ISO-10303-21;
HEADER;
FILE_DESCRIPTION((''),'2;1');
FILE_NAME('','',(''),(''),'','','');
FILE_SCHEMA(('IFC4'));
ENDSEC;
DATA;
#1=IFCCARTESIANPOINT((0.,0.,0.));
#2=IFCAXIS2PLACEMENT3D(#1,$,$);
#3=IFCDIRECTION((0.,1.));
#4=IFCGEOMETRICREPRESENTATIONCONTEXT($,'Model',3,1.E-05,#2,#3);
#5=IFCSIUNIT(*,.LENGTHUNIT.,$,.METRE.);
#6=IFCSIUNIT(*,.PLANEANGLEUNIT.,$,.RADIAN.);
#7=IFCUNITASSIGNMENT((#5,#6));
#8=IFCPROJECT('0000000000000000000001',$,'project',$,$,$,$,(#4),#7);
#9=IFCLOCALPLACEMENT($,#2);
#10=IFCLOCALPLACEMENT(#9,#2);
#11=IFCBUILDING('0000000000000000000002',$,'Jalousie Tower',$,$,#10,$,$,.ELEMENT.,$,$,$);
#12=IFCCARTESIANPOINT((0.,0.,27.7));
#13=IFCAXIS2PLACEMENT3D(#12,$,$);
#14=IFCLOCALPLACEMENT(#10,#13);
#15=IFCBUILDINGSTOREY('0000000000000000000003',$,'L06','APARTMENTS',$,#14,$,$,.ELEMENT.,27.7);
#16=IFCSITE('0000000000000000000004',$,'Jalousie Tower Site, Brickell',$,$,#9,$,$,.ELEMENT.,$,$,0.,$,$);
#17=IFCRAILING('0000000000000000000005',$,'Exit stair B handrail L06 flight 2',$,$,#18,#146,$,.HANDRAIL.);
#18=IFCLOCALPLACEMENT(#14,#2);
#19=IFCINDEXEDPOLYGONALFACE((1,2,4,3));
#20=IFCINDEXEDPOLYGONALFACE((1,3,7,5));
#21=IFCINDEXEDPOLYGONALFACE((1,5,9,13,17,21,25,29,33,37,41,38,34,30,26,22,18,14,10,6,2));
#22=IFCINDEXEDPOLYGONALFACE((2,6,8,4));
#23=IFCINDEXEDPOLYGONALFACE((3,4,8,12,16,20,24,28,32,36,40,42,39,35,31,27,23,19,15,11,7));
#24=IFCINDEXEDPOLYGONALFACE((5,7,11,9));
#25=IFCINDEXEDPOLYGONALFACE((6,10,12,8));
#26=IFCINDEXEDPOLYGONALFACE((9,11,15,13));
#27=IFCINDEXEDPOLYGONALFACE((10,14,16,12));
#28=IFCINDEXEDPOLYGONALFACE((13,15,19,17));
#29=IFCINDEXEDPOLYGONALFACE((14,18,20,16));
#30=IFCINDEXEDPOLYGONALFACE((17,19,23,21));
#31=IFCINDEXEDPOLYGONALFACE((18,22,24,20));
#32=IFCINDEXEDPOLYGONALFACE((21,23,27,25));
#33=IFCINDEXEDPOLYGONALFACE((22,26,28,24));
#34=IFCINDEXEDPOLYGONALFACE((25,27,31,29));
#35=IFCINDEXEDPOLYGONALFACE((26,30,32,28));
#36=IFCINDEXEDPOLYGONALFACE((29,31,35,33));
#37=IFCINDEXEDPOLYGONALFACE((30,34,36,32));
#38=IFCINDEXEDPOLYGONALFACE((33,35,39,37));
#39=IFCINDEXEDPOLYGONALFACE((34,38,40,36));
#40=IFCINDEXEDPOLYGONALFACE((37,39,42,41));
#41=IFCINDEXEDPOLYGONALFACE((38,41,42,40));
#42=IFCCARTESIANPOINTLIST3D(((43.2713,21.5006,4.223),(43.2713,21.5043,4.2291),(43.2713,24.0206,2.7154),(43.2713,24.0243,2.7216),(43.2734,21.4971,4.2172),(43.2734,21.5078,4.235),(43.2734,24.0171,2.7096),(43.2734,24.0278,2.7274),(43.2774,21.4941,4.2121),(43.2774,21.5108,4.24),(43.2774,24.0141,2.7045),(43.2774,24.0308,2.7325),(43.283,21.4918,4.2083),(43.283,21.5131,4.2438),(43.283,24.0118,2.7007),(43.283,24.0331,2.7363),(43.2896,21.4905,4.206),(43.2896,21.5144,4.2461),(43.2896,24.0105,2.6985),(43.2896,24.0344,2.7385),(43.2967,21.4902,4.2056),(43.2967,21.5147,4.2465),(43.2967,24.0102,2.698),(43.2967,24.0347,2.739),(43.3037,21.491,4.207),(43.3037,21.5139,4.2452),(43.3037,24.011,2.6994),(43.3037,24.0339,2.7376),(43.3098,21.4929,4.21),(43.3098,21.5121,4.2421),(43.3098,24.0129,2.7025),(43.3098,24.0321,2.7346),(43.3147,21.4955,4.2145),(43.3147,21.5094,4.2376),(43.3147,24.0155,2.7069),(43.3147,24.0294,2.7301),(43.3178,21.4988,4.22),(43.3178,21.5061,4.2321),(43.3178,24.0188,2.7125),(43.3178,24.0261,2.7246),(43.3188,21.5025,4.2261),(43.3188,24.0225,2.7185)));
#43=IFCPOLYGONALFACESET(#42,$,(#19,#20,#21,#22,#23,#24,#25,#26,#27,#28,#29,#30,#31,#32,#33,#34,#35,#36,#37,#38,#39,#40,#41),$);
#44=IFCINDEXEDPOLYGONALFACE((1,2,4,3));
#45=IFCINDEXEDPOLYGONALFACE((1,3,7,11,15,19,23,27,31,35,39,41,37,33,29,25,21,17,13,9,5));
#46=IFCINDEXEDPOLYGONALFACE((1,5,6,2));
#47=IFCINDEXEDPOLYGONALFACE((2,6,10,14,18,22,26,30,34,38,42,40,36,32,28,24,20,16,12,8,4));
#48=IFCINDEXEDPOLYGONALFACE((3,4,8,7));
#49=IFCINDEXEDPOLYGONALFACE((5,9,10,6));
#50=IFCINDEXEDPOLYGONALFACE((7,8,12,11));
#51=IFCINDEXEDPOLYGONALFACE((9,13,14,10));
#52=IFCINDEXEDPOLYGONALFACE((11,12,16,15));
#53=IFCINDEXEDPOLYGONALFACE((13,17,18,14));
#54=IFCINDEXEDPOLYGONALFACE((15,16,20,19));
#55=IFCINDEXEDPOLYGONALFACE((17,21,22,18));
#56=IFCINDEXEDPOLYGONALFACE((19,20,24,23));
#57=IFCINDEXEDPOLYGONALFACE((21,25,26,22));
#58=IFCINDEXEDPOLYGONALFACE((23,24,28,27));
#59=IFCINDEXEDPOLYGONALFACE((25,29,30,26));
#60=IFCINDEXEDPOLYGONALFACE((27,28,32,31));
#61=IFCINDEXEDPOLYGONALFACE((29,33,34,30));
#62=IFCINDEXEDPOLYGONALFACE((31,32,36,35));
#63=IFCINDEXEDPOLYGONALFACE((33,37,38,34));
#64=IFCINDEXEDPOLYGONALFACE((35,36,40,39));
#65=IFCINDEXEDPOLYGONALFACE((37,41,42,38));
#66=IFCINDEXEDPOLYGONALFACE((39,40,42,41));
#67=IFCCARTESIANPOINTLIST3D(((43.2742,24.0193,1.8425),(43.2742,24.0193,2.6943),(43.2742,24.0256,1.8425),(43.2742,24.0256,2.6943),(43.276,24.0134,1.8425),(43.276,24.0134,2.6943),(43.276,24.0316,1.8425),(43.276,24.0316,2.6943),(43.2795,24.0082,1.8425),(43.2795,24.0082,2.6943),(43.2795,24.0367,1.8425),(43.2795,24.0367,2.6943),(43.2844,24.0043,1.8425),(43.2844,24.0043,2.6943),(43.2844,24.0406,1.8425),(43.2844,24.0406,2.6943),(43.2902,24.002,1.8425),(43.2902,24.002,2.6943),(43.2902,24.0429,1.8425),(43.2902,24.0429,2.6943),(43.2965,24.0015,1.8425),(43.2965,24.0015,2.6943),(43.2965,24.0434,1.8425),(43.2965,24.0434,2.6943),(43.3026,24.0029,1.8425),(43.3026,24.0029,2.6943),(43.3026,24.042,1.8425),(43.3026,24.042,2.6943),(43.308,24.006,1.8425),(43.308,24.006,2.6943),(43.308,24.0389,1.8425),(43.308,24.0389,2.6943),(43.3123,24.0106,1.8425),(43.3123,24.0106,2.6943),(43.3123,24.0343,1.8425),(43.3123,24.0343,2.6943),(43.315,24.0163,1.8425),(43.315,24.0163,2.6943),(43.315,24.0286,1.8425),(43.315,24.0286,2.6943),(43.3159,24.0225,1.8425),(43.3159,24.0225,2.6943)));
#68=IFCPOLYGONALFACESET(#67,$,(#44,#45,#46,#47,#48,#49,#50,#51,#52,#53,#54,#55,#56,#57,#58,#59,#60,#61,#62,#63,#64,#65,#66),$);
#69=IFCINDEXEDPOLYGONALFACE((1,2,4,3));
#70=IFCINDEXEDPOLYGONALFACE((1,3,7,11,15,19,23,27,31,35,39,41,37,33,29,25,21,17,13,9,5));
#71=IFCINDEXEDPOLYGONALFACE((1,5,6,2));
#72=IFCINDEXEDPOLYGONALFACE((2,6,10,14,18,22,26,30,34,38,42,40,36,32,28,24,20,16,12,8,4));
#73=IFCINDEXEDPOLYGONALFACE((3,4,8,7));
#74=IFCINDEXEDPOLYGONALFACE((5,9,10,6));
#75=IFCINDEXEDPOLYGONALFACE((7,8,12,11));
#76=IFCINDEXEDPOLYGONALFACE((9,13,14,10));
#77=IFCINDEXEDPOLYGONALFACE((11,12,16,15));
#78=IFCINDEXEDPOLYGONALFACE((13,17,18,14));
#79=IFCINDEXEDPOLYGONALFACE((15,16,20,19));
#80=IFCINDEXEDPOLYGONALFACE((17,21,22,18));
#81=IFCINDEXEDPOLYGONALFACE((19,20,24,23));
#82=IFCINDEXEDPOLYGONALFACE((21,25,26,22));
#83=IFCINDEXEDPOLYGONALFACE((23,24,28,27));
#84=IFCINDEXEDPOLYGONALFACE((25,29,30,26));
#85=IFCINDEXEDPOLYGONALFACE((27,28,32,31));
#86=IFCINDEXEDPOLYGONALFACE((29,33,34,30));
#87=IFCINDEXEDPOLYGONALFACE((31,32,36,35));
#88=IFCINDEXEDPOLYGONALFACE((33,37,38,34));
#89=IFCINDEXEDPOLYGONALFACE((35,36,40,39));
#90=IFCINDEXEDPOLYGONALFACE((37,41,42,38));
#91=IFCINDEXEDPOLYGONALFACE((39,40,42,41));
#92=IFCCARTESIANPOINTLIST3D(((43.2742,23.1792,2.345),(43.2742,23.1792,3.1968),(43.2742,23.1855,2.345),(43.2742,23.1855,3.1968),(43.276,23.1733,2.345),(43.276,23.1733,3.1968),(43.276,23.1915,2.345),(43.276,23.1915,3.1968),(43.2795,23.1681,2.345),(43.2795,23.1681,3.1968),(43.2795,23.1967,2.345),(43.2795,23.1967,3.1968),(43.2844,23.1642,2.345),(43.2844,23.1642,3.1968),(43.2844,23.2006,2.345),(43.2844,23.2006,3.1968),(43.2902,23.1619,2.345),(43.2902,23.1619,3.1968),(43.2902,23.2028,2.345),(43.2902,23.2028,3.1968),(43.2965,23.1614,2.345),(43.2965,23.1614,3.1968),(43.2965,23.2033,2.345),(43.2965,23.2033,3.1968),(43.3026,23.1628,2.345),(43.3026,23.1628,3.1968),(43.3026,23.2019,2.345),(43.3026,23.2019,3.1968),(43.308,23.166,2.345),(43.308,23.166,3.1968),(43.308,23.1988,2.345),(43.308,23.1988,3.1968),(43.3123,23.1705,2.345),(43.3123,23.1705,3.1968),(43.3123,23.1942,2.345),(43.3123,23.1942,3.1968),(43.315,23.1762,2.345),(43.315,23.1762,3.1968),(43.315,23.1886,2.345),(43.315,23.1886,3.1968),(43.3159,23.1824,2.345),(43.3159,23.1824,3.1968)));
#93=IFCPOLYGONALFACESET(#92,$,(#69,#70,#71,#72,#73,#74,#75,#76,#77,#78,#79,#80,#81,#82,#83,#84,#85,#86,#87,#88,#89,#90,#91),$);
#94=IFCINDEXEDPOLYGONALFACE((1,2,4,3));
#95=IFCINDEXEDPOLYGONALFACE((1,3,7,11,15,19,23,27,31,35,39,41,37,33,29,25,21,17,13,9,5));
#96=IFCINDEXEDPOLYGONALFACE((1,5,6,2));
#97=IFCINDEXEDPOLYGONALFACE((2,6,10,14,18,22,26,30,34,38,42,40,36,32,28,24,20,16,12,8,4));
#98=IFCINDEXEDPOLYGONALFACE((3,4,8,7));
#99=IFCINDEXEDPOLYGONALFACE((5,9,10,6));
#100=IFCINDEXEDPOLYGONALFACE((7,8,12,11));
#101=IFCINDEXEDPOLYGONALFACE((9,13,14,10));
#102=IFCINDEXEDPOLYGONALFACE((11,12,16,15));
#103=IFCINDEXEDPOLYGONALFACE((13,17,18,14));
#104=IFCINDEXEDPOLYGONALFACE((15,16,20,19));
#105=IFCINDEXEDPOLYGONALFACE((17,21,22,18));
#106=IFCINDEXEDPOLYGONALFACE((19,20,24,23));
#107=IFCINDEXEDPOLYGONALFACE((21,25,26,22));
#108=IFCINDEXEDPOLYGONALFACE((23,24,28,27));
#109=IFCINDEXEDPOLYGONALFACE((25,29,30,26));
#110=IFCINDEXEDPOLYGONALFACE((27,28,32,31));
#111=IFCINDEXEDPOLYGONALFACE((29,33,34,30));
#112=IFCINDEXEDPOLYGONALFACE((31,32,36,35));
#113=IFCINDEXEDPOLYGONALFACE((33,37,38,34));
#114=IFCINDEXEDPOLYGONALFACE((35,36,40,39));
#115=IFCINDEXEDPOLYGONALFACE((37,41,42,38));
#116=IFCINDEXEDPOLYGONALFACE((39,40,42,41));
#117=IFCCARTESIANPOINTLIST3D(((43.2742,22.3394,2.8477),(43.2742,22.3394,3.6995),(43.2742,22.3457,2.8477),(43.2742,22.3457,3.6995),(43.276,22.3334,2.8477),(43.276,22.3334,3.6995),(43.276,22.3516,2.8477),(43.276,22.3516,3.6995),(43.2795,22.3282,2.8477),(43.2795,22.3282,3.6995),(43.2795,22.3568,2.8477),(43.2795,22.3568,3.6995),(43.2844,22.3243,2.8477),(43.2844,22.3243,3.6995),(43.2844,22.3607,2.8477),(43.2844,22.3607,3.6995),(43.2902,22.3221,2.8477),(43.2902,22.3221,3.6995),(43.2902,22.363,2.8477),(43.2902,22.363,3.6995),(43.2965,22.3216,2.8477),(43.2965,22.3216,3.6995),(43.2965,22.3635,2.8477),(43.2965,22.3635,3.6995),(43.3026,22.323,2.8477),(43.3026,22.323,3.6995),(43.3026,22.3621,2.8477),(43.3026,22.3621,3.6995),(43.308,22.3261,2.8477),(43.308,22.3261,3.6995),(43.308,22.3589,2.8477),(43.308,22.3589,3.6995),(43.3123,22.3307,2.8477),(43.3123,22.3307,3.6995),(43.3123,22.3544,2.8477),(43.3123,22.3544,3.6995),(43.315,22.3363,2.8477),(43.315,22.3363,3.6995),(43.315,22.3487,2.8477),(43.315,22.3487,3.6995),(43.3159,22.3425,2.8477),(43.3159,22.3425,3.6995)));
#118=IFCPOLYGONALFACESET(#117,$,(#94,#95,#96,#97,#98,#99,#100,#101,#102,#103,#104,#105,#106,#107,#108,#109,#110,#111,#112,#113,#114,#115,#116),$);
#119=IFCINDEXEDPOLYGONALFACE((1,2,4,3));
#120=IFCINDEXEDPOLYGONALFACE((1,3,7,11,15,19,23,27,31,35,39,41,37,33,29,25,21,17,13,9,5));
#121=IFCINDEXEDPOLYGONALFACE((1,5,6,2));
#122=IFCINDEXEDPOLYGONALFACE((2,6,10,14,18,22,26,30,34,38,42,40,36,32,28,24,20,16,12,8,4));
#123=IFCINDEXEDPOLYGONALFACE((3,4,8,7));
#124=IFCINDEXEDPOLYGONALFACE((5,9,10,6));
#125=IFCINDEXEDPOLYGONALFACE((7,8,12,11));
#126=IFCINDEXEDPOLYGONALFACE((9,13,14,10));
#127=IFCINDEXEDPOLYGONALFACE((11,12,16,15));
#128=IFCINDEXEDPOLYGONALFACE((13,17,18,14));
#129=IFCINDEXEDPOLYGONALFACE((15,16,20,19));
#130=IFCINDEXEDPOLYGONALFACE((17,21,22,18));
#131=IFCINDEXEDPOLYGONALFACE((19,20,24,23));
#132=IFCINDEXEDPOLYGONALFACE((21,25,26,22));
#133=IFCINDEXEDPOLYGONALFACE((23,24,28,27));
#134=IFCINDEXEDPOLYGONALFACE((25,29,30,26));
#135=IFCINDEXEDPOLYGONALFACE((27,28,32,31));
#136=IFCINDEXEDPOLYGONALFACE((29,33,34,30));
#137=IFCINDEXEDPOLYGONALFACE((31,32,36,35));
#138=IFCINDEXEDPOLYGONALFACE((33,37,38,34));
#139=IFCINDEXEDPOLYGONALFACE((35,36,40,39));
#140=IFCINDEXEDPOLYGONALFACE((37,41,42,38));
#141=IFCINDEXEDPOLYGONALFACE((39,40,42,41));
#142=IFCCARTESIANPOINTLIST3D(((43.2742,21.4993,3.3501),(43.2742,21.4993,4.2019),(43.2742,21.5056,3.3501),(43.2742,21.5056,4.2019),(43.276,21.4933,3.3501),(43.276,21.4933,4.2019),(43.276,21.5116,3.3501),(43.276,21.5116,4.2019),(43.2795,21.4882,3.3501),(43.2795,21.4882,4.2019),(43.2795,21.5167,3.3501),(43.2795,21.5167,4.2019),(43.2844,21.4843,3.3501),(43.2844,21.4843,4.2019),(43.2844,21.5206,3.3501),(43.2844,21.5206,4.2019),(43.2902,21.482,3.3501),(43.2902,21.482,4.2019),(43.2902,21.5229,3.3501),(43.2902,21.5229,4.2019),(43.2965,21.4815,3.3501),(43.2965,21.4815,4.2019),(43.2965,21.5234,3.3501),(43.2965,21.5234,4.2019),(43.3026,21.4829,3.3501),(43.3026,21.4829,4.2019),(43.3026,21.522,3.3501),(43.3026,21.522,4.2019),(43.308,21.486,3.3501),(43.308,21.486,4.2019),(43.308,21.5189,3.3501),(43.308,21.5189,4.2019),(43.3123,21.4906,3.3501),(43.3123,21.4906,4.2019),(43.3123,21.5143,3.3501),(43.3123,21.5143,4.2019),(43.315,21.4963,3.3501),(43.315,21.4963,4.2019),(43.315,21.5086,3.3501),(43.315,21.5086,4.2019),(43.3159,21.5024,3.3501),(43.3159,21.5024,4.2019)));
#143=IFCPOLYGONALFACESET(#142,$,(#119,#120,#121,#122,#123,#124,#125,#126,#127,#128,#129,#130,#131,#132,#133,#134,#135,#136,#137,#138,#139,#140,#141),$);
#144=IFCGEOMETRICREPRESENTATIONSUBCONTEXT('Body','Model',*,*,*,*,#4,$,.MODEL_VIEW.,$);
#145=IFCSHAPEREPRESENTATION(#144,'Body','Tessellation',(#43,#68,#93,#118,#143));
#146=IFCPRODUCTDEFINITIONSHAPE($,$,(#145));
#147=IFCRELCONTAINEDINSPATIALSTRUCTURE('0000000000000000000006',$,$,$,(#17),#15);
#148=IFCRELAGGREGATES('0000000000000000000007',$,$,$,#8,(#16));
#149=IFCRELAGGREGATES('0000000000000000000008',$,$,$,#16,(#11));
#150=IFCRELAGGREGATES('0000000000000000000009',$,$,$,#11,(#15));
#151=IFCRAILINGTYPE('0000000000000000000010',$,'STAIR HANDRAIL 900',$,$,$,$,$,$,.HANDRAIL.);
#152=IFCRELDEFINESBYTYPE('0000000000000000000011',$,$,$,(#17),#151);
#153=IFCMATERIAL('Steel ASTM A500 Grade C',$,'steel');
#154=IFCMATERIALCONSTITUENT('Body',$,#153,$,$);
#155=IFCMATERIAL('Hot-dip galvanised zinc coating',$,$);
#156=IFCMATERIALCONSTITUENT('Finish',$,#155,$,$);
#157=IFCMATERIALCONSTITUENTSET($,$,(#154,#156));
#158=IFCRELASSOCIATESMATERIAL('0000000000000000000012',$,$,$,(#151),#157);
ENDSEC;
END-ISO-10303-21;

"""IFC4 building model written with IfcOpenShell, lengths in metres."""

from ifc_helpers import new_model, si_unit, direction, frame, origin, origin_2d, place, context, subcontext, project, spatial, circle, extrude, material, constituent, constituent_set, type_object, element, save


model = new_model("IFC4")

# Units and contexts
model_context = context("Model", 3, precision=1e-05, world=origin(), true_north=direction((0.0, 1.0)))
body_context = subcontext(model_context, "Body", "Model", "MODEL_VIEW")
ifc_project = project(units=[si_unit("LENGTHUNIT", "METRE"), si_unit("PLANEANGLEUNIT", "RADIAN")], contexts=[model_context])

# Site, building, storey
site_placement = place(None, origin())
site = spatial("IfcSite", under=ifc_project, at=site_placement, Name="Jalousie Tower Site, Brickell", CompositionType="ELEMENT", RefElevation=0.0)
building_placement = place(site_placement, origin())
building = spatial("IfcBuilding", under=site, at=building_placement, Name="Jalousie Tower", CompositionType="ELEMENT")
storey_placement = place(building_placement, frame((0.0, 0.0, 27.7)))
storey = spatial("IfcBuildingStorey", under=building, at=storey_placement, Name="L06", Description="APARTMENTS", CompositionType="ELEMENT", Elevation=27.7)

# Railing
ifc_material_1 = material(Name="Steel ASTM A500 Grade C", Category="steel")
ifc_constituent_1 = constituent(ifc_material_1, Name="Body")
ifc_material_2 = material(Name="Hot-dip galvanised zinc coating")
ifc_constituent_2 = constituent(ifc_material_2, Name="Finish")
ifc_constituent_set_1 = constituent_set(constituents=[ifc_constituent_1, ifc_constituent_2])
railing_type_1 = type_object("IfcRailingType", Name="STAIR HANDRAIL 900", PredefinedType="HANDRAIL", material=ifc_constituent_set_1)
railing_1_placement = place(storey_placement, frame((43.2949, 24.0225, 1.8425)))
element("IfcRailing", 1, at=railing_1_placement, inside=storey, type_object=railing_type_1, Name="Exit stair B handrail L06 flight 2", PredefinedType="HANDRAIL", context=body_context, shape_type="SweptSolid", body=[
    extrude(circle(Radius=0.0239, at=origin_2d()), frame((0.0, 0.0, 0.876), z_axis=(0.0, -0.85816, 0.513383), x_axis=(1.0, 0.0, 0.0)), (0.0, 0.0, 1.0), 2.9365),
    extrude(circle(Radius=0.021, at=origin_2d()), origin(), (0.0, 0.0, 1.0), 0.8518),
    extrude(circle(Radius=0.021, at=origin_2d()), frame((0.0, -0.8401, 0.5024)), (0.0, 0.0, 1.0), 0.8518),
    extrude(circle(Radius=0.021, at=origin_2d()), frame((0.0, -1.6799, 1.0051)), (0.0, 0.0, 1.0), 0.8518),
    extrude(circle(Radius=0.021, at=origin_2d()), frame((0.0, -2.52, 1.5076)), (0.0, 0.0, 1.0), 0.8518),
])

save(model, "model.ifc")
